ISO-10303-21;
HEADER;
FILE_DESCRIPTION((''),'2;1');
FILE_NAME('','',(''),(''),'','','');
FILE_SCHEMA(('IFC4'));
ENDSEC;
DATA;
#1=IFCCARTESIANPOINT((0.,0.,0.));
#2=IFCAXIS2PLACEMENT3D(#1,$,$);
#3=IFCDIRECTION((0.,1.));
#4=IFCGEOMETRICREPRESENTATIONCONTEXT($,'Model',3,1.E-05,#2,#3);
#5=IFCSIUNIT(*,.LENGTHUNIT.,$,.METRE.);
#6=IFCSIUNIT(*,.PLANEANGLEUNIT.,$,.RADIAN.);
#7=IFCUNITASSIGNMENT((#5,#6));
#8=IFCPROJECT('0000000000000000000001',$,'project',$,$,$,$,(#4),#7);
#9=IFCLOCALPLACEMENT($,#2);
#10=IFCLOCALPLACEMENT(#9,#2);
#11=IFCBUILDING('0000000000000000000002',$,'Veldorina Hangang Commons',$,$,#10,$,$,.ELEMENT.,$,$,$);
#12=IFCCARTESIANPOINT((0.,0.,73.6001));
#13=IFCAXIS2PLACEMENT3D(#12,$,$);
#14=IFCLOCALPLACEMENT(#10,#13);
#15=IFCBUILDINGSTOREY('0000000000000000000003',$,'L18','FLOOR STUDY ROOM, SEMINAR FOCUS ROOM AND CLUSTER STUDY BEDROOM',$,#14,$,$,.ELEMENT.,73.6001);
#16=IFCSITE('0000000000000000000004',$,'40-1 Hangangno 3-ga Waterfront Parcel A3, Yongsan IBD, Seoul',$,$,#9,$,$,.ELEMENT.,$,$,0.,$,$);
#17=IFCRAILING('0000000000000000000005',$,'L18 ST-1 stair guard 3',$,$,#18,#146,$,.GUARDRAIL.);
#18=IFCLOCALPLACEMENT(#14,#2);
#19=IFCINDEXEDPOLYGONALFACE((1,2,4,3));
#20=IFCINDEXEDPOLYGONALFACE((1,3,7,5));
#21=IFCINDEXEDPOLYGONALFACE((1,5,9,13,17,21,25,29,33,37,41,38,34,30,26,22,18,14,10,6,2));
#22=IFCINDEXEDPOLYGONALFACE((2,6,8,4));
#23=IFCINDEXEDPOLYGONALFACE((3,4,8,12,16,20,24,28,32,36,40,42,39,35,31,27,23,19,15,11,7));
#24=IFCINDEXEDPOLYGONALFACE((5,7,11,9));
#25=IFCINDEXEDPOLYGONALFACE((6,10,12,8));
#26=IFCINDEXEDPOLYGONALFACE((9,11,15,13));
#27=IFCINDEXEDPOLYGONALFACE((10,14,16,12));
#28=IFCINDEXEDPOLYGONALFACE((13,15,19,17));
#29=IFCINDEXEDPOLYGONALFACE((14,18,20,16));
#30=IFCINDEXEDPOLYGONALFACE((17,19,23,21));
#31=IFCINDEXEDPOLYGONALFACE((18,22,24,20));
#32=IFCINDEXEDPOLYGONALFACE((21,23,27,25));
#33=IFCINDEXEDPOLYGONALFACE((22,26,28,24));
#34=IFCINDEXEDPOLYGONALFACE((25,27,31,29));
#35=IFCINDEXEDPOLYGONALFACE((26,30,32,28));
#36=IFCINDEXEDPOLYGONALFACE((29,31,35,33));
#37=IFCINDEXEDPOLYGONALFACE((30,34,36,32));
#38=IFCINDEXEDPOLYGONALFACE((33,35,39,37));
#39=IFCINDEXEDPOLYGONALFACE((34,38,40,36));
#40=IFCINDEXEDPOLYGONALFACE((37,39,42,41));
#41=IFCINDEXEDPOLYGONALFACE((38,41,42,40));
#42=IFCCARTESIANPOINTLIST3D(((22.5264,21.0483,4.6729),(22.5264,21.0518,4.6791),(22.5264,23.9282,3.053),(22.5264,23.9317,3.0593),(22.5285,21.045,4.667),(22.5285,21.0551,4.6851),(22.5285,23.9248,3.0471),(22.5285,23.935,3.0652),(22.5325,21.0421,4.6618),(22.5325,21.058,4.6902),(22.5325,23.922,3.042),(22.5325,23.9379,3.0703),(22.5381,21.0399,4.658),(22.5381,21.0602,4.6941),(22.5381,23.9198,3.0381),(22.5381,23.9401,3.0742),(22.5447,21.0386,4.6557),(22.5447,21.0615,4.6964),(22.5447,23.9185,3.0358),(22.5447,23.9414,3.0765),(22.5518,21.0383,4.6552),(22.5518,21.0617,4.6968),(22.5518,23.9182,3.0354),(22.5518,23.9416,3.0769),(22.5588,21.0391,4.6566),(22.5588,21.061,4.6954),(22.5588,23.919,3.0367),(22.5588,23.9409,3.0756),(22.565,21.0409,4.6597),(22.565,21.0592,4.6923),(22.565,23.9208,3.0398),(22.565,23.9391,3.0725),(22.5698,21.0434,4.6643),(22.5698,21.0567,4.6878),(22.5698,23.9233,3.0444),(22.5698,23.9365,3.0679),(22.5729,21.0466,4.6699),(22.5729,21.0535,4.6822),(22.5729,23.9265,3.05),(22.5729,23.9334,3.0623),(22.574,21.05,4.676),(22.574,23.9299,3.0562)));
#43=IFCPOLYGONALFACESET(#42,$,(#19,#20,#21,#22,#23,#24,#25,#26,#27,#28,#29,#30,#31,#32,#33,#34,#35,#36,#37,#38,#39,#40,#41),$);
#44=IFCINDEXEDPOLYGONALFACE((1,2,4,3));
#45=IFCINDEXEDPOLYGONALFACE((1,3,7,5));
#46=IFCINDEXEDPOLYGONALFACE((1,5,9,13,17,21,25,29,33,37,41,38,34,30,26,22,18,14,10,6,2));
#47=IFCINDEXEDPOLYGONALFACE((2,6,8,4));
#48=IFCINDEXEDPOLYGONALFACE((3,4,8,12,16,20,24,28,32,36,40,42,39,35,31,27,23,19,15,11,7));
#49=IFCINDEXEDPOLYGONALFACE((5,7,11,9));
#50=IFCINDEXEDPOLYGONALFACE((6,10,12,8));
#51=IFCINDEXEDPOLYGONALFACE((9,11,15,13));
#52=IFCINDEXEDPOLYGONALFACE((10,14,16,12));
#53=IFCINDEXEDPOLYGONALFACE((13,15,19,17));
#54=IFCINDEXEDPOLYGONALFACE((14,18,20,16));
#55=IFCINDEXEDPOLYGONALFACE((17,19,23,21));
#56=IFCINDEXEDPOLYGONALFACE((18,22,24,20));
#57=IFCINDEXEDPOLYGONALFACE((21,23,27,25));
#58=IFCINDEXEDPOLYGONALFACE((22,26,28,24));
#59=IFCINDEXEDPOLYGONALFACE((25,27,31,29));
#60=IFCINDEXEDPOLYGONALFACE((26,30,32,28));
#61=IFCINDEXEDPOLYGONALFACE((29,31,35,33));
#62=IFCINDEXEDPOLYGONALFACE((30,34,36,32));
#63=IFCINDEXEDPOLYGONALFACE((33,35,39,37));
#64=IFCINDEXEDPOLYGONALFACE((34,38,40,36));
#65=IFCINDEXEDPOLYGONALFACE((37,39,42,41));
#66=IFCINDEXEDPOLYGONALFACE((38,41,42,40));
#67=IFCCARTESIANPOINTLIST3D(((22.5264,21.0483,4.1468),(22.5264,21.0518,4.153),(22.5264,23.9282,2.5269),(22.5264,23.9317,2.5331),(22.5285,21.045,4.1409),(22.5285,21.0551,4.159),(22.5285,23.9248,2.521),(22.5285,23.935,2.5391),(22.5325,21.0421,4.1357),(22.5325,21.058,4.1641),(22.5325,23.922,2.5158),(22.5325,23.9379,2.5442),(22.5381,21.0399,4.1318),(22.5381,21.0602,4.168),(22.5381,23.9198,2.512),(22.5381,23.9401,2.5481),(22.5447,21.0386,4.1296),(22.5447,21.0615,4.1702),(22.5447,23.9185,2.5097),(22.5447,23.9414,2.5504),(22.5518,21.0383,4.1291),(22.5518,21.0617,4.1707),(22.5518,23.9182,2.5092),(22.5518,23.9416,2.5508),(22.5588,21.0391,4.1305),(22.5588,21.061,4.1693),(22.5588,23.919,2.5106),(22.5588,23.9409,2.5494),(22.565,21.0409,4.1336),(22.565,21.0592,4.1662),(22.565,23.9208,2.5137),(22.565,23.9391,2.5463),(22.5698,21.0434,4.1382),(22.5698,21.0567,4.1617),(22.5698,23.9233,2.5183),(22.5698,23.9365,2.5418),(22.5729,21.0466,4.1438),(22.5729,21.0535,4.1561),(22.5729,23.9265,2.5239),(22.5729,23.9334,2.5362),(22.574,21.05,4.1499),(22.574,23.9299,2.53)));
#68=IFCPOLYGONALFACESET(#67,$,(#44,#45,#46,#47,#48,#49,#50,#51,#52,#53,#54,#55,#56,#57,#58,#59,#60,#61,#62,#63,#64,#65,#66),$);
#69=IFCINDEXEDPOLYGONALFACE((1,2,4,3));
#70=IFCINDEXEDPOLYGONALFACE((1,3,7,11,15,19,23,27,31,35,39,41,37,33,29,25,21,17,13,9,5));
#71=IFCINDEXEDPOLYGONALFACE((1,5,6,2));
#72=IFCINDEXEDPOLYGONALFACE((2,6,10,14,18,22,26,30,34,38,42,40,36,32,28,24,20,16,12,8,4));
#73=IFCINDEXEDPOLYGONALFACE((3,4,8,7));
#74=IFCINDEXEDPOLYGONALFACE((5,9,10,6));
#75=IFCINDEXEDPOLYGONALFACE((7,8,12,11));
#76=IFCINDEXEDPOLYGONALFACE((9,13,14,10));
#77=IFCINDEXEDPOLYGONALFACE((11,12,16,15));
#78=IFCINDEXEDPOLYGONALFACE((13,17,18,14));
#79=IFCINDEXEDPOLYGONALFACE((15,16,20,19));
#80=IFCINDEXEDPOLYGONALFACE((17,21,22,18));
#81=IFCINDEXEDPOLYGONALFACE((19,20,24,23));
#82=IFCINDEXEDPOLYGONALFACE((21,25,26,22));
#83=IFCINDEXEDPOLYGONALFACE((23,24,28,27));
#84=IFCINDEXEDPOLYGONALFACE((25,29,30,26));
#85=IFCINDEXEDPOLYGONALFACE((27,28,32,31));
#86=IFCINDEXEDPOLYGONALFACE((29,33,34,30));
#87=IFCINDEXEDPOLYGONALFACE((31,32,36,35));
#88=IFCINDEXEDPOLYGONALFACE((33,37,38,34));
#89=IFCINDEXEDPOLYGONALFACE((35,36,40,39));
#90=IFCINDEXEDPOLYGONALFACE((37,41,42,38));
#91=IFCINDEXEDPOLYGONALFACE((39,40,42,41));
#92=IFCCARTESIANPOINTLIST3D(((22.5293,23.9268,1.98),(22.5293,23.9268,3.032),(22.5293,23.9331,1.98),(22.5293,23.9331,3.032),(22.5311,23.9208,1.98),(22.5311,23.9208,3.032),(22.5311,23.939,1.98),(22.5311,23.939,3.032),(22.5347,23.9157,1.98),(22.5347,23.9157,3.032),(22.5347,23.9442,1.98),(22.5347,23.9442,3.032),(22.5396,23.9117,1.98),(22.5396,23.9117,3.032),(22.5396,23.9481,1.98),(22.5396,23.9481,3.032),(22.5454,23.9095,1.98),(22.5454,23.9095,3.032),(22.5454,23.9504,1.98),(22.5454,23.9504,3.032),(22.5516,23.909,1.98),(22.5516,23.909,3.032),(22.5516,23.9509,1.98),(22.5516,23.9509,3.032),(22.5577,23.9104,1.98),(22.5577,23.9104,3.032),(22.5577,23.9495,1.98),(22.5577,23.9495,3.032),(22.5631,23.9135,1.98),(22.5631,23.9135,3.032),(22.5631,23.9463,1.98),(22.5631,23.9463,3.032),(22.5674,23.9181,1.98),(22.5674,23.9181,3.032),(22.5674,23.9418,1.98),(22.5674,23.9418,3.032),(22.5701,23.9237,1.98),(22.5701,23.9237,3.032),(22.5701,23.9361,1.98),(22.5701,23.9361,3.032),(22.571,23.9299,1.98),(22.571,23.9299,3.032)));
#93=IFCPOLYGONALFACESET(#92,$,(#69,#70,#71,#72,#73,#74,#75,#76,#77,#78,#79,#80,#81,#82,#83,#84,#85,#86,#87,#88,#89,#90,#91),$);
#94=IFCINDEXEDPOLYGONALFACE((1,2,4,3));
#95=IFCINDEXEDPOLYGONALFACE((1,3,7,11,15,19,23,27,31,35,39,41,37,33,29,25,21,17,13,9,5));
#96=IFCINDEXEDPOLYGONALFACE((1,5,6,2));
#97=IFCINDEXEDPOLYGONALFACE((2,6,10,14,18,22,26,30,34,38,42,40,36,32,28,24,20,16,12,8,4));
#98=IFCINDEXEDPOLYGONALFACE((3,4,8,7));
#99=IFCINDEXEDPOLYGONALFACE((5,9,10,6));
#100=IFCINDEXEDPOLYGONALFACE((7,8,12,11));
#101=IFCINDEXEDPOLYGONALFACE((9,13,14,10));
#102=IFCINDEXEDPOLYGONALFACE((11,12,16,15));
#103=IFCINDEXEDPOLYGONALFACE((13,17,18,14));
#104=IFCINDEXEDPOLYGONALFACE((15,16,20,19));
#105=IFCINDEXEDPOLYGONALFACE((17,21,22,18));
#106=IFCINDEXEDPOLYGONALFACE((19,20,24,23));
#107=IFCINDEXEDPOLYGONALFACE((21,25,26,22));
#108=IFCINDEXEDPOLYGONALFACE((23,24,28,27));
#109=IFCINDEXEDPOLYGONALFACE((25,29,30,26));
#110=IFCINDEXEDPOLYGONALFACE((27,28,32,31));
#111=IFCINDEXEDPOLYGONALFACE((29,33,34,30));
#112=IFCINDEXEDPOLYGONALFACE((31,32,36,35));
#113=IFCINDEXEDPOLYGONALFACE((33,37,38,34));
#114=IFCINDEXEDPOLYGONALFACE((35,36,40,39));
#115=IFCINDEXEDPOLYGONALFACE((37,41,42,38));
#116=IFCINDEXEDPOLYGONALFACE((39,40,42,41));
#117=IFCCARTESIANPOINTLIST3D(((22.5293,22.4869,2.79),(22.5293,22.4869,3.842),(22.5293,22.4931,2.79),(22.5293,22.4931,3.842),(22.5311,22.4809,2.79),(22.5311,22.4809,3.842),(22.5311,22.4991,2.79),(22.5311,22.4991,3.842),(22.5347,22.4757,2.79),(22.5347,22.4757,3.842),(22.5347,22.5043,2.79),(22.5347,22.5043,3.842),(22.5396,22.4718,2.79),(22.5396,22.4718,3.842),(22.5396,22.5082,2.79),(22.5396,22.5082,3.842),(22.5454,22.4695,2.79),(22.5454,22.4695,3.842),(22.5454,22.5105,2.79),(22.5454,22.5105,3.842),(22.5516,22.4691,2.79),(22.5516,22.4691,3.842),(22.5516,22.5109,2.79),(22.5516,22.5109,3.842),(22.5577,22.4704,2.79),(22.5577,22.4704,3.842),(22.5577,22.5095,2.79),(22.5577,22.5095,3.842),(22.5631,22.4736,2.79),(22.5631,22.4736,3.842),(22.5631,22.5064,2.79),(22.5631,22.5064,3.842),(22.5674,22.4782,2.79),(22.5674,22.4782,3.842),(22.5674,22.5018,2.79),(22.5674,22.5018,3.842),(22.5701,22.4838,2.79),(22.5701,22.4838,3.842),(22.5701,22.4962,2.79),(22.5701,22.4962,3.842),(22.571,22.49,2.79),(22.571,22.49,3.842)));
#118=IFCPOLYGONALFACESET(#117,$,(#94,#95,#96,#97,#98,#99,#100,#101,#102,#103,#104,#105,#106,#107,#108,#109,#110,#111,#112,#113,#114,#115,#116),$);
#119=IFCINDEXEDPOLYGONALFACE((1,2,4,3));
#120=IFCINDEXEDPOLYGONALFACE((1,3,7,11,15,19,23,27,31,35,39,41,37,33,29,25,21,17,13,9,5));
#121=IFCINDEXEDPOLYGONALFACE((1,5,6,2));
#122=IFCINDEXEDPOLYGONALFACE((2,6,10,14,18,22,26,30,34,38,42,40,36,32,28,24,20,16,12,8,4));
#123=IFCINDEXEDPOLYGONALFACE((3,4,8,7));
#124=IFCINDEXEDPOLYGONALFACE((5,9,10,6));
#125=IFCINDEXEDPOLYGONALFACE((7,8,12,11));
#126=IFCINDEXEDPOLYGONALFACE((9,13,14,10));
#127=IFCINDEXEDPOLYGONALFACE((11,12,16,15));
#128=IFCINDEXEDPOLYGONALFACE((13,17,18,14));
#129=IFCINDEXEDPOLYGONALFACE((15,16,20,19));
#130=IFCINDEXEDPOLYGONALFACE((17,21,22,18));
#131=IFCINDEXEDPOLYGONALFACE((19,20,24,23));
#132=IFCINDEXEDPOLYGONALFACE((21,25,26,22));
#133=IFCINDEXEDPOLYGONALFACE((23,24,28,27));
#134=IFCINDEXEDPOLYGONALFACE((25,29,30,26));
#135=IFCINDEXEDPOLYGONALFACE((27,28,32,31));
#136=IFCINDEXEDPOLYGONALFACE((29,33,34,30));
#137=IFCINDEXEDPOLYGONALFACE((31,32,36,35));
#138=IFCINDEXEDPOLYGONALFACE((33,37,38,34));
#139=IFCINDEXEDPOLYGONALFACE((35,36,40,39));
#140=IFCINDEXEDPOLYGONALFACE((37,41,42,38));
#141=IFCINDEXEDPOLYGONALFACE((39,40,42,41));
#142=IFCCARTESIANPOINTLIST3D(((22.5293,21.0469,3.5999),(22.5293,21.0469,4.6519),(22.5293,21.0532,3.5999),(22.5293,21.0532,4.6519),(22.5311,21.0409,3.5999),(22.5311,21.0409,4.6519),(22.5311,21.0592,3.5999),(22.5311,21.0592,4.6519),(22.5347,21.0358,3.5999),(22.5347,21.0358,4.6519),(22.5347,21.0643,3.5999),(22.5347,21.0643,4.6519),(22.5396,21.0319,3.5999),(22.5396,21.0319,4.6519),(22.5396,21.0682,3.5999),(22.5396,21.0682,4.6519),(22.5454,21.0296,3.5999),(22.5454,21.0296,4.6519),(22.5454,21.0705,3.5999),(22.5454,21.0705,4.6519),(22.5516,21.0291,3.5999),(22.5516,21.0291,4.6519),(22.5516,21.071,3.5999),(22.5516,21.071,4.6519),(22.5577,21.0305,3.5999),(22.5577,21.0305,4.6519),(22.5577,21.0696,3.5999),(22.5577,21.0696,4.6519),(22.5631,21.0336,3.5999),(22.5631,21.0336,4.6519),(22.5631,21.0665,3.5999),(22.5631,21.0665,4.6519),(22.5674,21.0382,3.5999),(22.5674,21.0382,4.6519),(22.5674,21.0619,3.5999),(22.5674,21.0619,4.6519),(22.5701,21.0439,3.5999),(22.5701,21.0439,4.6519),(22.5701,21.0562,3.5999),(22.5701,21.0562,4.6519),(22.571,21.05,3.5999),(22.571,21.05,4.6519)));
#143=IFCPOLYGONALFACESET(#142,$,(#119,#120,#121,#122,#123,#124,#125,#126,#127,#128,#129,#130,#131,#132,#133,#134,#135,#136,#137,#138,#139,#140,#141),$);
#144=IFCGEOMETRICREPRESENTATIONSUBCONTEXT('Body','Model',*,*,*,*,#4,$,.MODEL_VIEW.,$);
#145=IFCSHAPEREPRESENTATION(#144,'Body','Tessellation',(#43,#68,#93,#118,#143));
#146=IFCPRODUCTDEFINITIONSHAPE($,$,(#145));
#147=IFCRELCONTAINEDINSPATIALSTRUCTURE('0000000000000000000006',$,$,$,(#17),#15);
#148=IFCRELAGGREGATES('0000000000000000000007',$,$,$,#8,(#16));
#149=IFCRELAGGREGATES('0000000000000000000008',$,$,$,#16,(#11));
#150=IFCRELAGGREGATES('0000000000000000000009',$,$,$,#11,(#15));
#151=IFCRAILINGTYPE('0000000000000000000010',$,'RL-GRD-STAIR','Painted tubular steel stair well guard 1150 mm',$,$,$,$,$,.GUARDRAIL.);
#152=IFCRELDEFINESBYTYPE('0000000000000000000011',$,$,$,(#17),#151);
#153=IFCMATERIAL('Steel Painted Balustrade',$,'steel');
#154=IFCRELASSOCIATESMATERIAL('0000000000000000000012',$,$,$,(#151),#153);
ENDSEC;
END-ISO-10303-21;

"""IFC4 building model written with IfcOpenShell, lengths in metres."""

from ifc_helpers import new_model, si_unit, direction, frame, origin, origin_2d, place, context, subcontext, project, spatial, circle, extrude, material, type_object, element, save


model = new_model("IFC4")

# Units and contexts
model_context = context("Model", 3, precision=1e-05, world=origin(), true_north=direction((0.0, 1.0)))
body_context = subcontext(model_context, "Body", "Model", "MODEL_VIEW")
ifc_project = project(units=[si_unit("LENGTHUNIT", "METRE"), si_unit("PLANEANGLEUNIT", "RADIAN")], contexts=[model_context])

# Site, building, storey
site_placement = place(None, origin())
site = spatial("IfcSite", under=ifc_project, at=site_placement, Name="40-1 Hangangno 3-ga Waterfront Parcel A3, Yongsan IBD, Seoul", CompositionType="ELEMENT", RefElevation=0.0)
building_placement = place(site_placement, origin())
building = spatial("IfcBuilding", under=site, at=building_placement, Name="Veldorina Hangang Commons", CompositionType="ELEMENT")
storey_placement = place(building_placement, frame((0.0, 0.0, 73.6001)))
storey = spatial("IfcBuildingStorey", under=building, at=storey_placement, Name="L18", Description="FLOOR STUDY ROOM, SEMINAR FOCUS ROOM AND CLUSTER STUDY BEDROOM", CompositionType="ELEMENT", Elevation=73.6001)

# Railing
ifc_material_1 = material(Name="Steel Painted Balustrade", Category="steel")
railing_type_1 = type_object("IfcRailingType", Name="RL-GRD-STAIR", Description="Painted tubular steel stair well guard 1150 mm", PredefinedType="GUARDRAIL", material=ifc_material_1)
railing_1_placement = place(storey_placement, frame((22.55, 23.9299, 1.98)))
element("IfcRailing", 1, at=railing_1_placement, inside=storey, type_object=railing_type_1, Name="L18 ST-1 stair guard 3", PredefinedType="GUARDRAIL", context=body_context, shape_type="SweptSolid", body=[
    extrude(circle(Radius=0.0239, at=origin_2d()), frame((0.0, 0.0, 1.0762), z_axis=(0.0, -0.871583, 0.490247), x_axis=(1.0, 0.0, 0.0)), (0.0, 0.0, 1.0), 3.3042),
    extrude(circle(Radius=0.0239, at=origin_2d()), frame((0.0, 0.0, 0.55), z_axis=(0.0, -0.871583, 0.490247), x_axis=(1.0, 0.0, 0.0)), (0.0, 0.0, 1.0), 3.3042),
    extrude(circle(Radius=0.021, at=origin_2d()), origin(), (0.0, 0.0, 1.0), 1.052),
    extrude(circle(Radius=0.021, at=origin_2d()), frame((0.0, -1.4399, 0.8101)), (0.0, 0.0, 1.0), 1.052),
    extrude(circle(Radius=0.021, at=origin_2d()), frame((0.0, -2.8799, 1.6199)), (0.0, 0.0, 1.0), 1.052),
])

save(model, "model.ifc")
